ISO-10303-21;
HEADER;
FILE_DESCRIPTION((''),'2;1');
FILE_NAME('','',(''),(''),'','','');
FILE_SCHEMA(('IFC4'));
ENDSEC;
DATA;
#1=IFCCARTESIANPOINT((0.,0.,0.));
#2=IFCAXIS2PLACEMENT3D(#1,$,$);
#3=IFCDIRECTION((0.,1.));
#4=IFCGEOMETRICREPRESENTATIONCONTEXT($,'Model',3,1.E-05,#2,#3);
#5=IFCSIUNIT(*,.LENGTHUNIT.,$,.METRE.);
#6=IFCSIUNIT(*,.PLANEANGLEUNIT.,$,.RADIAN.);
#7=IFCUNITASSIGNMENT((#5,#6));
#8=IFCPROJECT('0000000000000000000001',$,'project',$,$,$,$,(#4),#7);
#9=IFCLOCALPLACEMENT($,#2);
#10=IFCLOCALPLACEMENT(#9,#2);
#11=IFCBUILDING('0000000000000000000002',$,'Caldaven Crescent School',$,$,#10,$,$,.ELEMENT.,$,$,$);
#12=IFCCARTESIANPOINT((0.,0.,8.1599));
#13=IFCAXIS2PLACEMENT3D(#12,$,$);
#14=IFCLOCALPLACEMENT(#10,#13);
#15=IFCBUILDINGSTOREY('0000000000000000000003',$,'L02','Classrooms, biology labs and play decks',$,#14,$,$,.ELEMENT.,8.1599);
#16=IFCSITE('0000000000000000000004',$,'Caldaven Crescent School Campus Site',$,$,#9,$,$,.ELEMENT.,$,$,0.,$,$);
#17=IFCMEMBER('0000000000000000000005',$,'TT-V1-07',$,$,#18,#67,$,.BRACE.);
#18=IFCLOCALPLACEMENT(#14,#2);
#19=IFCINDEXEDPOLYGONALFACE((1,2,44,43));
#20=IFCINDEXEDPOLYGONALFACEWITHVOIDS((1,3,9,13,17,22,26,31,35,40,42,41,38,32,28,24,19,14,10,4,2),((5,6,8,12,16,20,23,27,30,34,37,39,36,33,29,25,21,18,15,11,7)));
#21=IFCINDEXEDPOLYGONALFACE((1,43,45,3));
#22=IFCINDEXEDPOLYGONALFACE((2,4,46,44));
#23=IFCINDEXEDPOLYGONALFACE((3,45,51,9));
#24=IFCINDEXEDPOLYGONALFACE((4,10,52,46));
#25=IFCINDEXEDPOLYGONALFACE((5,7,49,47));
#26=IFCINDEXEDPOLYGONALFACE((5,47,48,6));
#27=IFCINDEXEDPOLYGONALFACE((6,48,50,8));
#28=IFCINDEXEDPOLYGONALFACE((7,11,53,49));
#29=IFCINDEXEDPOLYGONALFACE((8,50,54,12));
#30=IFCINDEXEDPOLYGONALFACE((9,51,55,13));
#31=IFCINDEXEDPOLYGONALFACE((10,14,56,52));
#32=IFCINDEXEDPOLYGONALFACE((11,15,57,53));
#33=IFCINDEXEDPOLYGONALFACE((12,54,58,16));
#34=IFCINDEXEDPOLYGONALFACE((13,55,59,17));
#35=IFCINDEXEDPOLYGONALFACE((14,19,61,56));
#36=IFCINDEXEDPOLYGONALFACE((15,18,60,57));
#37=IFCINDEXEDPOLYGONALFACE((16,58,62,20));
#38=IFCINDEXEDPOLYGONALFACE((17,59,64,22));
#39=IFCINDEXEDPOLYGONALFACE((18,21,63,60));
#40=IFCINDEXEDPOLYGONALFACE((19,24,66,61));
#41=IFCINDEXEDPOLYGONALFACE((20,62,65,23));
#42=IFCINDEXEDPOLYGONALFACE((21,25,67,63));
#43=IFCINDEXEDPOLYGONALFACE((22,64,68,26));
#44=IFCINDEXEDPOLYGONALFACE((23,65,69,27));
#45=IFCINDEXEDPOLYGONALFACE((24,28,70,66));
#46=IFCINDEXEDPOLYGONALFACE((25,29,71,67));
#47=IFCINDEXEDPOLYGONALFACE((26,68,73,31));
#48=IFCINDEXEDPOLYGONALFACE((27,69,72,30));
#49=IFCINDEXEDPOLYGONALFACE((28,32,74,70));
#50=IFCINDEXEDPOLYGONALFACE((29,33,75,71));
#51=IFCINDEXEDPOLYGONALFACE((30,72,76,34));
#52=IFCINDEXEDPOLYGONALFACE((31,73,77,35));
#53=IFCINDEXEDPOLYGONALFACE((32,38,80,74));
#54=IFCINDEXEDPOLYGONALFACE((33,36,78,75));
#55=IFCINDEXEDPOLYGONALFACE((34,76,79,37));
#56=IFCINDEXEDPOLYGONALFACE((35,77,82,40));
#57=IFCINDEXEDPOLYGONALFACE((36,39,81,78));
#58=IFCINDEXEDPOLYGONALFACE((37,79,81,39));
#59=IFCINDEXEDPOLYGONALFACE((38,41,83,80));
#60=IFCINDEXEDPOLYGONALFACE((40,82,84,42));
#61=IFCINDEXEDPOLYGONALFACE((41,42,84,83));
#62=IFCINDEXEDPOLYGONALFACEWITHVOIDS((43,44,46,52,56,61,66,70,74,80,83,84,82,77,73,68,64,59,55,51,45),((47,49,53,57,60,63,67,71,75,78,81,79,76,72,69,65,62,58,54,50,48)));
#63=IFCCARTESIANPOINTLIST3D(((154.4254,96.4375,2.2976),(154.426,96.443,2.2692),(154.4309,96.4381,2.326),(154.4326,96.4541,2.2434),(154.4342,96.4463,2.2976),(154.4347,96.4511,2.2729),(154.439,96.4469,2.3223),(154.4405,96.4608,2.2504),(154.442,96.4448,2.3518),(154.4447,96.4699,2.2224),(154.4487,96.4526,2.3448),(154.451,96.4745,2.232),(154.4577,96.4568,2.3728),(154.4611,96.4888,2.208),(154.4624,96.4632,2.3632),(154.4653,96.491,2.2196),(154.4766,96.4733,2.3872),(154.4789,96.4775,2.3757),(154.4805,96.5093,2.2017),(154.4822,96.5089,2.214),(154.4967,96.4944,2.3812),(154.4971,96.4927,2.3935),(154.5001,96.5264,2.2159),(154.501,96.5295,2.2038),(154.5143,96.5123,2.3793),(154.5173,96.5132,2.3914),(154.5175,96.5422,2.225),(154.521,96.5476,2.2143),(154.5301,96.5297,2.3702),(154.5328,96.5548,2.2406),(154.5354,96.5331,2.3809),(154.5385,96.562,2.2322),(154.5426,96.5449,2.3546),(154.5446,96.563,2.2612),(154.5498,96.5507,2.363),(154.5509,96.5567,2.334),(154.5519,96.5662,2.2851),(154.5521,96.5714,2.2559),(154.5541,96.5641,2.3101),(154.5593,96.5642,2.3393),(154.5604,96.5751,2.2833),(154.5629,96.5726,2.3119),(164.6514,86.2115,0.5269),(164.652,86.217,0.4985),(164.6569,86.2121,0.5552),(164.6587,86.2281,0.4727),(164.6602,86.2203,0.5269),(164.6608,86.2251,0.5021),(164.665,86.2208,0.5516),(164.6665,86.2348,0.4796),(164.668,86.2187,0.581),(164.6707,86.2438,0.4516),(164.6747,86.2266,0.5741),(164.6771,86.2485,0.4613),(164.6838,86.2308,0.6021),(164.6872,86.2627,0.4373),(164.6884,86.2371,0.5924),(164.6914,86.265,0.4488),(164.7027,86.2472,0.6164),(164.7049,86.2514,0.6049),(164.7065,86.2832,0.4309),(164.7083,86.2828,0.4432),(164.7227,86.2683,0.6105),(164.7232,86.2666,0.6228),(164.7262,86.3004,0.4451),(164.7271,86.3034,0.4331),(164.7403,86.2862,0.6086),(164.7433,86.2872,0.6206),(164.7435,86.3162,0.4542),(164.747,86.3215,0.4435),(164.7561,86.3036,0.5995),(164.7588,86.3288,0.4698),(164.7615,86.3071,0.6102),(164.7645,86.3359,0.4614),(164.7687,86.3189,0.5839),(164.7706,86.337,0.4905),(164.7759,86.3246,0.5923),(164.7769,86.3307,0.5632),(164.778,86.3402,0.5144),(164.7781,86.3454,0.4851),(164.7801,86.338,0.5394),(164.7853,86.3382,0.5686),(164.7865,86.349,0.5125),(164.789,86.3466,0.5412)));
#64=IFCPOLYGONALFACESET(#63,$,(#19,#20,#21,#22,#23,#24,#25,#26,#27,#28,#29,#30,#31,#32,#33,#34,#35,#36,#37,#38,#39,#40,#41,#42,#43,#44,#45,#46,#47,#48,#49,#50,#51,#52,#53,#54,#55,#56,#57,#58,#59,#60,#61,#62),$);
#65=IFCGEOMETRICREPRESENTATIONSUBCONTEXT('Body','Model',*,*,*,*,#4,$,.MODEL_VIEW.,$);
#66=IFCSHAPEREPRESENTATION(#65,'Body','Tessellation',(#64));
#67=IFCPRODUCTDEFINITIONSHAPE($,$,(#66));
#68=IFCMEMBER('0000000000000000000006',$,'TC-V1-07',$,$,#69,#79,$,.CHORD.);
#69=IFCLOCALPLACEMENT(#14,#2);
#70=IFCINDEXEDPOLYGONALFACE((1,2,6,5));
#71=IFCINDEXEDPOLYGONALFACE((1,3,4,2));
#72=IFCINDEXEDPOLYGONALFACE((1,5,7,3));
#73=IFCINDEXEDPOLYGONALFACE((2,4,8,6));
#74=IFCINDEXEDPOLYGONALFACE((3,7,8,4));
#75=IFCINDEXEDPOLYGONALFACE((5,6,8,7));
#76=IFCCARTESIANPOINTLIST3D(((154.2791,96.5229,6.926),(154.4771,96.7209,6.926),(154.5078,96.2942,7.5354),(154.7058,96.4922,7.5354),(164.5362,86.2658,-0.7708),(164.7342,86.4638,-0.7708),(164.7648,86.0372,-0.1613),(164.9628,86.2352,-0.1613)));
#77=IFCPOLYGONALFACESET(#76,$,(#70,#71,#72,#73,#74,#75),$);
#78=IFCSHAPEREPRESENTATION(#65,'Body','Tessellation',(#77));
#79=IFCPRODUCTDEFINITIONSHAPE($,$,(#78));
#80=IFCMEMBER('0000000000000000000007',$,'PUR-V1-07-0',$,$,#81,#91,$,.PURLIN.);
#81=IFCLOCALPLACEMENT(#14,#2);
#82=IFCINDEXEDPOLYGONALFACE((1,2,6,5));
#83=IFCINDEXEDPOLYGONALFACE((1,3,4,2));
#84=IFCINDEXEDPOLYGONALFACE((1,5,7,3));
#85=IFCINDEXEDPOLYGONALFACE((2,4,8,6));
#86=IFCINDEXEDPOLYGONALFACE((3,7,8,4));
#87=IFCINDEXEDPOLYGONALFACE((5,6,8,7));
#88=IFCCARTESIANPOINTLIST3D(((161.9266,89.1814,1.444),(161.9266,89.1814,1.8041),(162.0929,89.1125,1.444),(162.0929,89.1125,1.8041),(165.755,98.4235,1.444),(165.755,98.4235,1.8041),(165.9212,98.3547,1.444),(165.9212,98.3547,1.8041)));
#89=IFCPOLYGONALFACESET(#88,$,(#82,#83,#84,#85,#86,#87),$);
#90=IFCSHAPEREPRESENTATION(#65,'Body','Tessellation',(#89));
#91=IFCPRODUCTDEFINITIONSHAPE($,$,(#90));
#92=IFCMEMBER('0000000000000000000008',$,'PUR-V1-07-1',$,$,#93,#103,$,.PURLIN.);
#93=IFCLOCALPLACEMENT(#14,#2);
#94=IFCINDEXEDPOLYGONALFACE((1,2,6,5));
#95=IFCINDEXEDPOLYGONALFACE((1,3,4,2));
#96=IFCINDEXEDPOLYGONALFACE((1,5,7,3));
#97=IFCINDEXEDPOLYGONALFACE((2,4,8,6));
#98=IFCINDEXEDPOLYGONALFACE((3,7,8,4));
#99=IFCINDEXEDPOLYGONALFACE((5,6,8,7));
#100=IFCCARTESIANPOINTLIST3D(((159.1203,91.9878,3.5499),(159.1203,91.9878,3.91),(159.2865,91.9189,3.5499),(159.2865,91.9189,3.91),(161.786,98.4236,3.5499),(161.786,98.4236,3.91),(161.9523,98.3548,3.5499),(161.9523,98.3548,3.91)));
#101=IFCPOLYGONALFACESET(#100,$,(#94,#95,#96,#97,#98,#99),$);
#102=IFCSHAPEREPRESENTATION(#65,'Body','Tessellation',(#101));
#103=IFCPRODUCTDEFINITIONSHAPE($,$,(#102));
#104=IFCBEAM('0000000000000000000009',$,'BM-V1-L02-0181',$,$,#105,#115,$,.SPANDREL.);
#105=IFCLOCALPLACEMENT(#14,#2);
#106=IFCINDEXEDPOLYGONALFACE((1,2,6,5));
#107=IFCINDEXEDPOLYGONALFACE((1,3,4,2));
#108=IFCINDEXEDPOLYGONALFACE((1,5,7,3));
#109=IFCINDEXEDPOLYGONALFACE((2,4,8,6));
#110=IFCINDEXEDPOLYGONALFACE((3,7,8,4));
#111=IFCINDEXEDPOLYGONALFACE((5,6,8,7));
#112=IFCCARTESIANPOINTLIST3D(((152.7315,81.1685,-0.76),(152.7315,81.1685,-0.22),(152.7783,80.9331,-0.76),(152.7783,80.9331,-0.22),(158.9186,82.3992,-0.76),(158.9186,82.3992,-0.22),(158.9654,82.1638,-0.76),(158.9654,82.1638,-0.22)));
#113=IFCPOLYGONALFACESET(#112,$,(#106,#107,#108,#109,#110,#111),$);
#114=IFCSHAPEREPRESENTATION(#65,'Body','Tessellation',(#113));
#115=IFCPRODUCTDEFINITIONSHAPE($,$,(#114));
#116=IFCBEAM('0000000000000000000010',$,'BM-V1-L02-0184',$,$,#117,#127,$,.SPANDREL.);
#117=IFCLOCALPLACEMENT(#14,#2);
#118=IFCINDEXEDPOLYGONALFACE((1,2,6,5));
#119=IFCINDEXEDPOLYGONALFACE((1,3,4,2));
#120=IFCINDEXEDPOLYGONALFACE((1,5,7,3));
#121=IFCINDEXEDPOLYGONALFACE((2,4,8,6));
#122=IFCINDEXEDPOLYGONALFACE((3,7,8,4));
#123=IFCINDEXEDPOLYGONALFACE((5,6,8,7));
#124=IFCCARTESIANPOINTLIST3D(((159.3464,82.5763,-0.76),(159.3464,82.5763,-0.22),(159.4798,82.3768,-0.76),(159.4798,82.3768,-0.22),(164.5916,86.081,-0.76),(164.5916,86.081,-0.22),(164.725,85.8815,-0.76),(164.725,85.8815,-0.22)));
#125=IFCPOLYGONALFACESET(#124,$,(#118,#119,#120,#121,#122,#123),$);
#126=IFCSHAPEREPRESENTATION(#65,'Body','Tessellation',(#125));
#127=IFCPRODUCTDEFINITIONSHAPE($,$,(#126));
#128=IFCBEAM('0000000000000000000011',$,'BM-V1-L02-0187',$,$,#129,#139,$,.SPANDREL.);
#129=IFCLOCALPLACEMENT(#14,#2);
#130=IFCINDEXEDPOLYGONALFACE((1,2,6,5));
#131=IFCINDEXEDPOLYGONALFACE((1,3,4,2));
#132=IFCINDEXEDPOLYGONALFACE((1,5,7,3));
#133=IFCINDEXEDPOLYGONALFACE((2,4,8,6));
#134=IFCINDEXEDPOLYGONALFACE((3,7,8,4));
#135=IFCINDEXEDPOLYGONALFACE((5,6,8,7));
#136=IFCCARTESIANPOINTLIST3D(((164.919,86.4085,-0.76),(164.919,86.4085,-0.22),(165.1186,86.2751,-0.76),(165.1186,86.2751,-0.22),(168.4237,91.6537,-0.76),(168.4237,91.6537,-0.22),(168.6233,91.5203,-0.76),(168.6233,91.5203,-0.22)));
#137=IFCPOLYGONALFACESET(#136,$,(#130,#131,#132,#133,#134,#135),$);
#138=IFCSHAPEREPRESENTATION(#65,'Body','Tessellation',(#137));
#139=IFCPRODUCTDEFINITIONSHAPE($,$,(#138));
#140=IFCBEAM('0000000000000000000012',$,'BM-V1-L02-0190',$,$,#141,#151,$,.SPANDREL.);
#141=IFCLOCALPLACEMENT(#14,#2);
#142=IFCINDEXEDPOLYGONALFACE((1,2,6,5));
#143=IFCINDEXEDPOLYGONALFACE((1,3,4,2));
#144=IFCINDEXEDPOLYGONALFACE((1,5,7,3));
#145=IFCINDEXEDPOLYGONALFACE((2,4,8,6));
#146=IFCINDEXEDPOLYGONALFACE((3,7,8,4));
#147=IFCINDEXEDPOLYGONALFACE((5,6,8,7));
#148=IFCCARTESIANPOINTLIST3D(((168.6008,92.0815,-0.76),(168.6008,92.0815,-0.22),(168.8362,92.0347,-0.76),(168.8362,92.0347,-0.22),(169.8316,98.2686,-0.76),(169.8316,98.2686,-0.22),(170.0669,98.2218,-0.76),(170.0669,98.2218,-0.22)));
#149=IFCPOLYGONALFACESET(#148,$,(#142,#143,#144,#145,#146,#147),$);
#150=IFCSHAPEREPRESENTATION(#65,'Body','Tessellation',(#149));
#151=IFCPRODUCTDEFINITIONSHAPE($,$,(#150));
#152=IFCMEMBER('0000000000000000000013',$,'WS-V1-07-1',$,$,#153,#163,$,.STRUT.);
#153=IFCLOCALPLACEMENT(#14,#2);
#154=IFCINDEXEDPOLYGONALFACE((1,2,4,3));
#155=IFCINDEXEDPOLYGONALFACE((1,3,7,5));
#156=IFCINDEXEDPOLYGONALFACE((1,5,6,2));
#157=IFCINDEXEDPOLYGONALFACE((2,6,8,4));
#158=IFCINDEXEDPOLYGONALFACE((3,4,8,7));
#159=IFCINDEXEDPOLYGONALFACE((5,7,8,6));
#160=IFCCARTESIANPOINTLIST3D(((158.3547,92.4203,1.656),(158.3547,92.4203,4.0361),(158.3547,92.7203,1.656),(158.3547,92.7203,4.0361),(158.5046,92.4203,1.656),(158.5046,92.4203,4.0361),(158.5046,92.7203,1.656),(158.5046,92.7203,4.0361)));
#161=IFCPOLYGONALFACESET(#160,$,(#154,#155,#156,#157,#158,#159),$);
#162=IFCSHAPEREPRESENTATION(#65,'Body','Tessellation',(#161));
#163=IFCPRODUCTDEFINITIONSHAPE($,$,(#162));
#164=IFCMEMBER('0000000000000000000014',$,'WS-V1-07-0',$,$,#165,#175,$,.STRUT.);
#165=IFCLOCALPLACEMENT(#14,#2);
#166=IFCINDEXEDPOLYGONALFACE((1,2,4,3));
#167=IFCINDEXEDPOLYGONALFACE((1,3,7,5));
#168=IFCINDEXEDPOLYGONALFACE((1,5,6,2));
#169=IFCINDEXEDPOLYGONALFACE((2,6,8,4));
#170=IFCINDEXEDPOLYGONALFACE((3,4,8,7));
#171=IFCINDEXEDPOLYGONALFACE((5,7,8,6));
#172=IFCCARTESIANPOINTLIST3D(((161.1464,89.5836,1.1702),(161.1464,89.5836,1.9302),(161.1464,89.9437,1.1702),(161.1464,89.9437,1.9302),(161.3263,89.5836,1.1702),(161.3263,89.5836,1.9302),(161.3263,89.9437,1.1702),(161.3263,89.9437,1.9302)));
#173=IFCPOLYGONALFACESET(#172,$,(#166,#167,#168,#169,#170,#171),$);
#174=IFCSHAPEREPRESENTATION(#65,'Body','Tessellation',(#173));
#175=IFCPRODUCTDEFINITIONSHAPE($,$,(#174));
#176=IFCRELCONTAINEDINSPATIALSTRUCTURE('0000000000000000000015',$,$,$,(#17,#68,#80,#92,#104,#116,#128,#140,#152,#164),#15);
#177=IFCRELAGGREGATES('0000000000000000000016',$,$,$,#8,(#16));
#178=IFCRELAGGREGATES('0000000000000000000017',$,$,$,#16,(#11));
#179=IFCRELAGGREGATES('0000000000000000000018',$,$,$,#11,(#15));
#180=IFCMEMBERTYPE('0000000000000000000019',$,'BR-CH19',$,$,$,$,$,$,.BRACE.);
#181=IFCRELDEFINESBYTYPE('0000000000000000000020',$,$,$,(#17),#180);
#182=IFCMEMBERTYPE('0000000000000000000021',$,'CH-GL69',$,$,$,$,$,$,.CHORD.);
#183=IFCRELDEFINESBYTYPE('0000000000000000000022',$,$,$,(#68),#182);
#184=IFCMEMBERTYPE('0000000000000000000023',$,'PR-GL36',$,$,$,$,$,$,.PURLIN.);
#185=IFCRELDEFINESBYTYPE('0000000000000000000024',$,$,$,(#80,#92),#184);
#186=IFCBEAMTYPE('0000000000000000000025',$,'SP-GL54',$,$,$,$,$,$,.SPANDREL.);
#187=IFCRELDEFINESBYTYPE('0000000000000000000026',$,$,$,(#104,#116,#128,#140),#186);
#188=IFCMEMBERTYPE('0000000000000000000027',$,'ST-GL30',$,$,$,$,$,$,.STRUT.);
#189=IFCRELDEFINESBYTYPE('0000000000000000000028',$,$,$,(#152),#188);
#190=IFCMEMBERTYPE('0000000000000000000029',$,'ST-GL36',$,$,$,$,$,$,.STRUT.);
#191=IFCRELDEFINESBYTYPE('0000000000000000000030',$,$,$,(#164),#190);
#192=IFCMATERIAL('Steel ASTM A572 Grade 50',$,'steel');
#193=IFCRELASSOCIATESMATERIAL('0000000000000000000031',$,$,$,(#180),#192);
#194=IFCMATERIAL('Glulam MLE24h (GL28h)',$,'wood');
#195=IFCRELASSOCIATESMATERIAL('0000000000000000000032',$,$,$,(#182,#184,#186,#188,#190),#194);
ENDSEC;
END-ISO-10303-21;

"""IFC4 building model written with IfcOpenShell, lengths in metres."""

from ifc_helpers import new_model, si_unit, direction, frame, origin, origin_2d, place, context, subcontext, project, spatial, rectangle, hollow_circle, extrude, material, material_profile, profile_set, type_object, element, save


model = new_model("IFC4")

# Units and contexts
model_context = context("Model", 3, precision=1e-05, world=origin(), true_north=direction((0.0, 1.0)))
body_context = subcontext(model_context, "Body", "Model", "MODEL_VIEW")
ifc_project = project(units=[si_unit("LENGTHUNIT", "METRE"), si_unit("PLANEANGLEUNIT", "RADIAN")], contexts=[model_context])

# Site, building, storey
site_placement = place(None, origin())
site = spatial("IfcSite", under=ifc_project, at=site_placement, Name="Caldaven Crescent School Campus Site", CompositionType="ELEMENT", RefElevation=0.0)
building_placement = place(site_placement, origin())
building = spatial("IfcBuilding", under=site, at=building_placement, Name="Caldaven Crescent School", CompositionType="ELEMENT")
storey_placement = place(building_placement, frame((0.0, 0.0, 8.1599)))
storey = spatial("IfcBuildingStorey", under=building, at=storey_placement, Name="L02", Description="Classrooms, biology labs and play decks", CompositionType="ELEMENT", Elevation=8.1599)

# Shared definitions
ifc_material_1 = material(Name="Glulam MLE24h (GL28h)", Category="wood")
ifc_material_2 = material(Name="Steel ASTM A572 Grade 50", Category="steel")

# Members
ifc_material_profile_1 = material_profile(ifc_material_2, hollow_circle(Radius=0.0969, WallThickness=0.0125, at=origin_2d()), Name="CHS 193.7x12.5")
ifc_profile_set_1 = profile_set([ifc_material_profile_1], Name="Steel ASTM A572 Grade 50")
member_type_1 = type_object("IfcMemberType", Name="BR-CH19", PredefinedType="BRACE", material=ifc_profile_set_1)
member_1_placement = place(storey_placement, frame((164.72, 86.28, 0.5269), z_axis=(-0.701865, 0.701865, 0.121535), x_axis=(-0.707107, -0.707107, 0.0)))
element("IfcMember", 1, at=member_1_placement, inside=storey, type_object=member_type_1, Name="TT-V1-07", PredefinedType="BRACE", context=body_context, shape_type="SweptSolid", body=[
    extrude(hollow_circle(Radius=0.0969, WallThickness=0.0125, at=origin_2d()), origin(), (0.0, 0.0, 1.0), 14.5698),
])
ifc_material_profile_2 = material_profile(ifc_material_1, rectangle(XDim=0.28, YDim=0.6899, at=origin_2d()), Name="MLE 280x690")
ifc_profile_set_2 = profile_set([ifc_material_profile_2], Name="Glulam MLE24h (GL28h)")
member_type_2 = type_object("IfcMemberType", Name="CH-GL69", PredefinedType="CHORD", material=ifc_profile_set_2)
member_2_placement = place(storey_placement, frame((164.7495, 86.2505, -0.4661), z_axis=(-0.624624, 0.624624, 0.46871), x_axis=(-0.707107, -0.707107, 0.0)))
element("IfcMember", 2, at=member_2_placement, inside=storey, type_object=member_type_2, Name="TC-V1-07", PredefinedType="CHORD", context=body_context, shape_type="SweptSolid", body=[
    extrude(rectangle(XDim=0.28, YDim=0.6899, at=origin_2d()), origin(), (0.0, 0.0, 1.0), 16.4211),
])
ifc_material_profile_3 = material_profile(ifc_material_1, rectangle(XDim=0.1799, YDim=0.3601, at=origin_2d()), Name="MLE 180x360")
ifc_profile_set_3 = profile_set([ifc_material_profile_3], Name="Glulam MLE24h (GL28h)")
member_type_3 = type_object("IfcMemberType", Name="PR-GL36", PredefinedType="PURLIN", material=ifc_profile_set_3)
member_3_placement = place(storey_placement, frame((162.0098, 89.147, 1.624), z_axis=(0.382695, 0.923875, 0.0), x_axis=(-0.923875, 0.382695, 0.0)))
element("IfcMember", 3, at=member_3_placement, inside=storey, type_object=member_type_3, Name="PUR-V1-07-0", PredefinedType="PURLIN", context=body_context, shape_type="SweptSolid", body=[
    extrude(rectangle(XDim=0.1799, YDim=0.3601, at=origin_2d()), origin(), (0.0, 0.0, 1.0), 10.0037),
])
member_4_placement = place(storey_placement, frame((159.2034, 91.9534, 3.73), z_axis=(0.382681, 0.923881, 0.0), x_axis=(-0.923881, 0.382681, 0.0)))
element("IfcMember", 4, at=member_4_placement, inside=storey, type_object=member_type_3, Name="PUR-V1-07-1", PredefinedType="PURLIN", context=body_context, shape_type="SweptSolid", body=[
    extrude(rectangle(XDim=0.1799, YDim=0.3601, at=origin_2d()), origin(), (0.0, 0.0, 1.0), 6.9661),
])

# Beams
ifc_material_profile_4 = material_profile(ifc_material_1, rectangle(XDim=0.24, YDim=0.54, at=origin_2d()), Name="MLE 240x540")
ifc_profile_set_4 = profile_set([ifc_material_profile_4], Name="Glulam MLE24h (GL28h)")
beam_type_1 = type_object("IfcBeamType", Name="SP-GL54", PredefinedType="SPANDREL", material=ifc_profile_set_4)
for number, where, z_axis, x_axis, name in (
    (5, (152.7549, 81.0508, -0.49), (0.980784, 0.195096, 0.0), (-0.195096, 0.980784, 0.0), "BM-V1-L02-0181"),
    (6, (159.4131, 82.4766, -0.49), (0.831472, 0.555566, 0.0), (-0.555566, 0.831472, 0.0), "BM-V1-L02-0184"),
    (7, (165.0188, 86.3418, -0.49), (0.555566, 0.831472, 0.0), (-0.831472, 0.555566, 0.0), "BM-V1-L02-0187"),
    (8, (168.7185, 92.0581, -0.49), (0.195096, 0.980784, 0.0), (-0.980784, 0.195096, 0.0), "BM-V1-L02-0190"),
):
    element("IfcBeam", number, at=place(storey_placement, frame(where, z_axis=z_axis, x_axis=x_axis)), inside=storey, type_object=beam_type_1, Name=name, PredefinedType="SPANDREL", context=body_context, shape_type="SweptSolid", body=[
        extrude(rectangle(XDim=0.24, YDim=0.54, at=origin_2d()), origin(), (0.0, 0.0, 1.0), 6.3083),
    ])

# Members
ifc_material_profile_5 = material_profile(ifc_material_1, rectangle(XDim=0.1499, YDim=0.3, at=origin_2d()), Name="MLE 150x300")
ifc_profile_set_5 = profile_set([ifc_material_profile_5], Name="Glulam MLE24h (GL28h)")
member_type_4 = type_object("IfcMemberType", Name="ST-GL30", PredefinedType="STRUT", material=ifc_profile_set_5)
member_5_placement = place(storey_placement, frame((158.4297, 92.5703, 1.656), z_axis=(0.0, 0.0, 1.0), x_axis=(1.0, 0.0, 0.0)))
element("IfcMember", 9, at=member_5_placement, inside=storey, type_object=member_type_4, Name="WS-V1-07-1", PredefinedType="STRUT", context=body_context, shape_type="SweptSolid", body=[
    extrude(rectangle(XDim=0.1499, YDim=0.3, at=origin_2d()), origin(), (0.0, 0.0, 1.0), 2.3801),
])
ifc_material_profile_6 = material_profile(ifc_material_1, rectangle(XDim=0.1799, YDim=0.3601, at=origin_2d()), Name="MLE 180x360")
ifc_profile_set_6 = profile_set([ifc_material_profile_6], Name="Glulam MLE24h (GL28h)")
member_type_5 = type_object("IfcMemberType", Name="ST-GL36", PredefinedType="STRUT", material=ifc_profile_set_6)
member_6_placement = place(storey_placement, frame((161.2363, 89.7637, 1.1702), z_axis=(0.0, 0.0, 1.0), x_axis=(1.0, 0.0, 0.0)))
element("IfcMember", 10, at=member_6_placement, inside=storey, type_object=member_type_5, Name="WS-V1-07-0", PredefinedType="STRUT", context=body_context, shape_type="SweptSolid", body=[
    extrude(rectangle(XDim=0.1799, YDim=0.3601, at=origin_2d()), origin(), (0.0, 0.0, 1.0), 0.76),
])

save(model, "model.ifc")
